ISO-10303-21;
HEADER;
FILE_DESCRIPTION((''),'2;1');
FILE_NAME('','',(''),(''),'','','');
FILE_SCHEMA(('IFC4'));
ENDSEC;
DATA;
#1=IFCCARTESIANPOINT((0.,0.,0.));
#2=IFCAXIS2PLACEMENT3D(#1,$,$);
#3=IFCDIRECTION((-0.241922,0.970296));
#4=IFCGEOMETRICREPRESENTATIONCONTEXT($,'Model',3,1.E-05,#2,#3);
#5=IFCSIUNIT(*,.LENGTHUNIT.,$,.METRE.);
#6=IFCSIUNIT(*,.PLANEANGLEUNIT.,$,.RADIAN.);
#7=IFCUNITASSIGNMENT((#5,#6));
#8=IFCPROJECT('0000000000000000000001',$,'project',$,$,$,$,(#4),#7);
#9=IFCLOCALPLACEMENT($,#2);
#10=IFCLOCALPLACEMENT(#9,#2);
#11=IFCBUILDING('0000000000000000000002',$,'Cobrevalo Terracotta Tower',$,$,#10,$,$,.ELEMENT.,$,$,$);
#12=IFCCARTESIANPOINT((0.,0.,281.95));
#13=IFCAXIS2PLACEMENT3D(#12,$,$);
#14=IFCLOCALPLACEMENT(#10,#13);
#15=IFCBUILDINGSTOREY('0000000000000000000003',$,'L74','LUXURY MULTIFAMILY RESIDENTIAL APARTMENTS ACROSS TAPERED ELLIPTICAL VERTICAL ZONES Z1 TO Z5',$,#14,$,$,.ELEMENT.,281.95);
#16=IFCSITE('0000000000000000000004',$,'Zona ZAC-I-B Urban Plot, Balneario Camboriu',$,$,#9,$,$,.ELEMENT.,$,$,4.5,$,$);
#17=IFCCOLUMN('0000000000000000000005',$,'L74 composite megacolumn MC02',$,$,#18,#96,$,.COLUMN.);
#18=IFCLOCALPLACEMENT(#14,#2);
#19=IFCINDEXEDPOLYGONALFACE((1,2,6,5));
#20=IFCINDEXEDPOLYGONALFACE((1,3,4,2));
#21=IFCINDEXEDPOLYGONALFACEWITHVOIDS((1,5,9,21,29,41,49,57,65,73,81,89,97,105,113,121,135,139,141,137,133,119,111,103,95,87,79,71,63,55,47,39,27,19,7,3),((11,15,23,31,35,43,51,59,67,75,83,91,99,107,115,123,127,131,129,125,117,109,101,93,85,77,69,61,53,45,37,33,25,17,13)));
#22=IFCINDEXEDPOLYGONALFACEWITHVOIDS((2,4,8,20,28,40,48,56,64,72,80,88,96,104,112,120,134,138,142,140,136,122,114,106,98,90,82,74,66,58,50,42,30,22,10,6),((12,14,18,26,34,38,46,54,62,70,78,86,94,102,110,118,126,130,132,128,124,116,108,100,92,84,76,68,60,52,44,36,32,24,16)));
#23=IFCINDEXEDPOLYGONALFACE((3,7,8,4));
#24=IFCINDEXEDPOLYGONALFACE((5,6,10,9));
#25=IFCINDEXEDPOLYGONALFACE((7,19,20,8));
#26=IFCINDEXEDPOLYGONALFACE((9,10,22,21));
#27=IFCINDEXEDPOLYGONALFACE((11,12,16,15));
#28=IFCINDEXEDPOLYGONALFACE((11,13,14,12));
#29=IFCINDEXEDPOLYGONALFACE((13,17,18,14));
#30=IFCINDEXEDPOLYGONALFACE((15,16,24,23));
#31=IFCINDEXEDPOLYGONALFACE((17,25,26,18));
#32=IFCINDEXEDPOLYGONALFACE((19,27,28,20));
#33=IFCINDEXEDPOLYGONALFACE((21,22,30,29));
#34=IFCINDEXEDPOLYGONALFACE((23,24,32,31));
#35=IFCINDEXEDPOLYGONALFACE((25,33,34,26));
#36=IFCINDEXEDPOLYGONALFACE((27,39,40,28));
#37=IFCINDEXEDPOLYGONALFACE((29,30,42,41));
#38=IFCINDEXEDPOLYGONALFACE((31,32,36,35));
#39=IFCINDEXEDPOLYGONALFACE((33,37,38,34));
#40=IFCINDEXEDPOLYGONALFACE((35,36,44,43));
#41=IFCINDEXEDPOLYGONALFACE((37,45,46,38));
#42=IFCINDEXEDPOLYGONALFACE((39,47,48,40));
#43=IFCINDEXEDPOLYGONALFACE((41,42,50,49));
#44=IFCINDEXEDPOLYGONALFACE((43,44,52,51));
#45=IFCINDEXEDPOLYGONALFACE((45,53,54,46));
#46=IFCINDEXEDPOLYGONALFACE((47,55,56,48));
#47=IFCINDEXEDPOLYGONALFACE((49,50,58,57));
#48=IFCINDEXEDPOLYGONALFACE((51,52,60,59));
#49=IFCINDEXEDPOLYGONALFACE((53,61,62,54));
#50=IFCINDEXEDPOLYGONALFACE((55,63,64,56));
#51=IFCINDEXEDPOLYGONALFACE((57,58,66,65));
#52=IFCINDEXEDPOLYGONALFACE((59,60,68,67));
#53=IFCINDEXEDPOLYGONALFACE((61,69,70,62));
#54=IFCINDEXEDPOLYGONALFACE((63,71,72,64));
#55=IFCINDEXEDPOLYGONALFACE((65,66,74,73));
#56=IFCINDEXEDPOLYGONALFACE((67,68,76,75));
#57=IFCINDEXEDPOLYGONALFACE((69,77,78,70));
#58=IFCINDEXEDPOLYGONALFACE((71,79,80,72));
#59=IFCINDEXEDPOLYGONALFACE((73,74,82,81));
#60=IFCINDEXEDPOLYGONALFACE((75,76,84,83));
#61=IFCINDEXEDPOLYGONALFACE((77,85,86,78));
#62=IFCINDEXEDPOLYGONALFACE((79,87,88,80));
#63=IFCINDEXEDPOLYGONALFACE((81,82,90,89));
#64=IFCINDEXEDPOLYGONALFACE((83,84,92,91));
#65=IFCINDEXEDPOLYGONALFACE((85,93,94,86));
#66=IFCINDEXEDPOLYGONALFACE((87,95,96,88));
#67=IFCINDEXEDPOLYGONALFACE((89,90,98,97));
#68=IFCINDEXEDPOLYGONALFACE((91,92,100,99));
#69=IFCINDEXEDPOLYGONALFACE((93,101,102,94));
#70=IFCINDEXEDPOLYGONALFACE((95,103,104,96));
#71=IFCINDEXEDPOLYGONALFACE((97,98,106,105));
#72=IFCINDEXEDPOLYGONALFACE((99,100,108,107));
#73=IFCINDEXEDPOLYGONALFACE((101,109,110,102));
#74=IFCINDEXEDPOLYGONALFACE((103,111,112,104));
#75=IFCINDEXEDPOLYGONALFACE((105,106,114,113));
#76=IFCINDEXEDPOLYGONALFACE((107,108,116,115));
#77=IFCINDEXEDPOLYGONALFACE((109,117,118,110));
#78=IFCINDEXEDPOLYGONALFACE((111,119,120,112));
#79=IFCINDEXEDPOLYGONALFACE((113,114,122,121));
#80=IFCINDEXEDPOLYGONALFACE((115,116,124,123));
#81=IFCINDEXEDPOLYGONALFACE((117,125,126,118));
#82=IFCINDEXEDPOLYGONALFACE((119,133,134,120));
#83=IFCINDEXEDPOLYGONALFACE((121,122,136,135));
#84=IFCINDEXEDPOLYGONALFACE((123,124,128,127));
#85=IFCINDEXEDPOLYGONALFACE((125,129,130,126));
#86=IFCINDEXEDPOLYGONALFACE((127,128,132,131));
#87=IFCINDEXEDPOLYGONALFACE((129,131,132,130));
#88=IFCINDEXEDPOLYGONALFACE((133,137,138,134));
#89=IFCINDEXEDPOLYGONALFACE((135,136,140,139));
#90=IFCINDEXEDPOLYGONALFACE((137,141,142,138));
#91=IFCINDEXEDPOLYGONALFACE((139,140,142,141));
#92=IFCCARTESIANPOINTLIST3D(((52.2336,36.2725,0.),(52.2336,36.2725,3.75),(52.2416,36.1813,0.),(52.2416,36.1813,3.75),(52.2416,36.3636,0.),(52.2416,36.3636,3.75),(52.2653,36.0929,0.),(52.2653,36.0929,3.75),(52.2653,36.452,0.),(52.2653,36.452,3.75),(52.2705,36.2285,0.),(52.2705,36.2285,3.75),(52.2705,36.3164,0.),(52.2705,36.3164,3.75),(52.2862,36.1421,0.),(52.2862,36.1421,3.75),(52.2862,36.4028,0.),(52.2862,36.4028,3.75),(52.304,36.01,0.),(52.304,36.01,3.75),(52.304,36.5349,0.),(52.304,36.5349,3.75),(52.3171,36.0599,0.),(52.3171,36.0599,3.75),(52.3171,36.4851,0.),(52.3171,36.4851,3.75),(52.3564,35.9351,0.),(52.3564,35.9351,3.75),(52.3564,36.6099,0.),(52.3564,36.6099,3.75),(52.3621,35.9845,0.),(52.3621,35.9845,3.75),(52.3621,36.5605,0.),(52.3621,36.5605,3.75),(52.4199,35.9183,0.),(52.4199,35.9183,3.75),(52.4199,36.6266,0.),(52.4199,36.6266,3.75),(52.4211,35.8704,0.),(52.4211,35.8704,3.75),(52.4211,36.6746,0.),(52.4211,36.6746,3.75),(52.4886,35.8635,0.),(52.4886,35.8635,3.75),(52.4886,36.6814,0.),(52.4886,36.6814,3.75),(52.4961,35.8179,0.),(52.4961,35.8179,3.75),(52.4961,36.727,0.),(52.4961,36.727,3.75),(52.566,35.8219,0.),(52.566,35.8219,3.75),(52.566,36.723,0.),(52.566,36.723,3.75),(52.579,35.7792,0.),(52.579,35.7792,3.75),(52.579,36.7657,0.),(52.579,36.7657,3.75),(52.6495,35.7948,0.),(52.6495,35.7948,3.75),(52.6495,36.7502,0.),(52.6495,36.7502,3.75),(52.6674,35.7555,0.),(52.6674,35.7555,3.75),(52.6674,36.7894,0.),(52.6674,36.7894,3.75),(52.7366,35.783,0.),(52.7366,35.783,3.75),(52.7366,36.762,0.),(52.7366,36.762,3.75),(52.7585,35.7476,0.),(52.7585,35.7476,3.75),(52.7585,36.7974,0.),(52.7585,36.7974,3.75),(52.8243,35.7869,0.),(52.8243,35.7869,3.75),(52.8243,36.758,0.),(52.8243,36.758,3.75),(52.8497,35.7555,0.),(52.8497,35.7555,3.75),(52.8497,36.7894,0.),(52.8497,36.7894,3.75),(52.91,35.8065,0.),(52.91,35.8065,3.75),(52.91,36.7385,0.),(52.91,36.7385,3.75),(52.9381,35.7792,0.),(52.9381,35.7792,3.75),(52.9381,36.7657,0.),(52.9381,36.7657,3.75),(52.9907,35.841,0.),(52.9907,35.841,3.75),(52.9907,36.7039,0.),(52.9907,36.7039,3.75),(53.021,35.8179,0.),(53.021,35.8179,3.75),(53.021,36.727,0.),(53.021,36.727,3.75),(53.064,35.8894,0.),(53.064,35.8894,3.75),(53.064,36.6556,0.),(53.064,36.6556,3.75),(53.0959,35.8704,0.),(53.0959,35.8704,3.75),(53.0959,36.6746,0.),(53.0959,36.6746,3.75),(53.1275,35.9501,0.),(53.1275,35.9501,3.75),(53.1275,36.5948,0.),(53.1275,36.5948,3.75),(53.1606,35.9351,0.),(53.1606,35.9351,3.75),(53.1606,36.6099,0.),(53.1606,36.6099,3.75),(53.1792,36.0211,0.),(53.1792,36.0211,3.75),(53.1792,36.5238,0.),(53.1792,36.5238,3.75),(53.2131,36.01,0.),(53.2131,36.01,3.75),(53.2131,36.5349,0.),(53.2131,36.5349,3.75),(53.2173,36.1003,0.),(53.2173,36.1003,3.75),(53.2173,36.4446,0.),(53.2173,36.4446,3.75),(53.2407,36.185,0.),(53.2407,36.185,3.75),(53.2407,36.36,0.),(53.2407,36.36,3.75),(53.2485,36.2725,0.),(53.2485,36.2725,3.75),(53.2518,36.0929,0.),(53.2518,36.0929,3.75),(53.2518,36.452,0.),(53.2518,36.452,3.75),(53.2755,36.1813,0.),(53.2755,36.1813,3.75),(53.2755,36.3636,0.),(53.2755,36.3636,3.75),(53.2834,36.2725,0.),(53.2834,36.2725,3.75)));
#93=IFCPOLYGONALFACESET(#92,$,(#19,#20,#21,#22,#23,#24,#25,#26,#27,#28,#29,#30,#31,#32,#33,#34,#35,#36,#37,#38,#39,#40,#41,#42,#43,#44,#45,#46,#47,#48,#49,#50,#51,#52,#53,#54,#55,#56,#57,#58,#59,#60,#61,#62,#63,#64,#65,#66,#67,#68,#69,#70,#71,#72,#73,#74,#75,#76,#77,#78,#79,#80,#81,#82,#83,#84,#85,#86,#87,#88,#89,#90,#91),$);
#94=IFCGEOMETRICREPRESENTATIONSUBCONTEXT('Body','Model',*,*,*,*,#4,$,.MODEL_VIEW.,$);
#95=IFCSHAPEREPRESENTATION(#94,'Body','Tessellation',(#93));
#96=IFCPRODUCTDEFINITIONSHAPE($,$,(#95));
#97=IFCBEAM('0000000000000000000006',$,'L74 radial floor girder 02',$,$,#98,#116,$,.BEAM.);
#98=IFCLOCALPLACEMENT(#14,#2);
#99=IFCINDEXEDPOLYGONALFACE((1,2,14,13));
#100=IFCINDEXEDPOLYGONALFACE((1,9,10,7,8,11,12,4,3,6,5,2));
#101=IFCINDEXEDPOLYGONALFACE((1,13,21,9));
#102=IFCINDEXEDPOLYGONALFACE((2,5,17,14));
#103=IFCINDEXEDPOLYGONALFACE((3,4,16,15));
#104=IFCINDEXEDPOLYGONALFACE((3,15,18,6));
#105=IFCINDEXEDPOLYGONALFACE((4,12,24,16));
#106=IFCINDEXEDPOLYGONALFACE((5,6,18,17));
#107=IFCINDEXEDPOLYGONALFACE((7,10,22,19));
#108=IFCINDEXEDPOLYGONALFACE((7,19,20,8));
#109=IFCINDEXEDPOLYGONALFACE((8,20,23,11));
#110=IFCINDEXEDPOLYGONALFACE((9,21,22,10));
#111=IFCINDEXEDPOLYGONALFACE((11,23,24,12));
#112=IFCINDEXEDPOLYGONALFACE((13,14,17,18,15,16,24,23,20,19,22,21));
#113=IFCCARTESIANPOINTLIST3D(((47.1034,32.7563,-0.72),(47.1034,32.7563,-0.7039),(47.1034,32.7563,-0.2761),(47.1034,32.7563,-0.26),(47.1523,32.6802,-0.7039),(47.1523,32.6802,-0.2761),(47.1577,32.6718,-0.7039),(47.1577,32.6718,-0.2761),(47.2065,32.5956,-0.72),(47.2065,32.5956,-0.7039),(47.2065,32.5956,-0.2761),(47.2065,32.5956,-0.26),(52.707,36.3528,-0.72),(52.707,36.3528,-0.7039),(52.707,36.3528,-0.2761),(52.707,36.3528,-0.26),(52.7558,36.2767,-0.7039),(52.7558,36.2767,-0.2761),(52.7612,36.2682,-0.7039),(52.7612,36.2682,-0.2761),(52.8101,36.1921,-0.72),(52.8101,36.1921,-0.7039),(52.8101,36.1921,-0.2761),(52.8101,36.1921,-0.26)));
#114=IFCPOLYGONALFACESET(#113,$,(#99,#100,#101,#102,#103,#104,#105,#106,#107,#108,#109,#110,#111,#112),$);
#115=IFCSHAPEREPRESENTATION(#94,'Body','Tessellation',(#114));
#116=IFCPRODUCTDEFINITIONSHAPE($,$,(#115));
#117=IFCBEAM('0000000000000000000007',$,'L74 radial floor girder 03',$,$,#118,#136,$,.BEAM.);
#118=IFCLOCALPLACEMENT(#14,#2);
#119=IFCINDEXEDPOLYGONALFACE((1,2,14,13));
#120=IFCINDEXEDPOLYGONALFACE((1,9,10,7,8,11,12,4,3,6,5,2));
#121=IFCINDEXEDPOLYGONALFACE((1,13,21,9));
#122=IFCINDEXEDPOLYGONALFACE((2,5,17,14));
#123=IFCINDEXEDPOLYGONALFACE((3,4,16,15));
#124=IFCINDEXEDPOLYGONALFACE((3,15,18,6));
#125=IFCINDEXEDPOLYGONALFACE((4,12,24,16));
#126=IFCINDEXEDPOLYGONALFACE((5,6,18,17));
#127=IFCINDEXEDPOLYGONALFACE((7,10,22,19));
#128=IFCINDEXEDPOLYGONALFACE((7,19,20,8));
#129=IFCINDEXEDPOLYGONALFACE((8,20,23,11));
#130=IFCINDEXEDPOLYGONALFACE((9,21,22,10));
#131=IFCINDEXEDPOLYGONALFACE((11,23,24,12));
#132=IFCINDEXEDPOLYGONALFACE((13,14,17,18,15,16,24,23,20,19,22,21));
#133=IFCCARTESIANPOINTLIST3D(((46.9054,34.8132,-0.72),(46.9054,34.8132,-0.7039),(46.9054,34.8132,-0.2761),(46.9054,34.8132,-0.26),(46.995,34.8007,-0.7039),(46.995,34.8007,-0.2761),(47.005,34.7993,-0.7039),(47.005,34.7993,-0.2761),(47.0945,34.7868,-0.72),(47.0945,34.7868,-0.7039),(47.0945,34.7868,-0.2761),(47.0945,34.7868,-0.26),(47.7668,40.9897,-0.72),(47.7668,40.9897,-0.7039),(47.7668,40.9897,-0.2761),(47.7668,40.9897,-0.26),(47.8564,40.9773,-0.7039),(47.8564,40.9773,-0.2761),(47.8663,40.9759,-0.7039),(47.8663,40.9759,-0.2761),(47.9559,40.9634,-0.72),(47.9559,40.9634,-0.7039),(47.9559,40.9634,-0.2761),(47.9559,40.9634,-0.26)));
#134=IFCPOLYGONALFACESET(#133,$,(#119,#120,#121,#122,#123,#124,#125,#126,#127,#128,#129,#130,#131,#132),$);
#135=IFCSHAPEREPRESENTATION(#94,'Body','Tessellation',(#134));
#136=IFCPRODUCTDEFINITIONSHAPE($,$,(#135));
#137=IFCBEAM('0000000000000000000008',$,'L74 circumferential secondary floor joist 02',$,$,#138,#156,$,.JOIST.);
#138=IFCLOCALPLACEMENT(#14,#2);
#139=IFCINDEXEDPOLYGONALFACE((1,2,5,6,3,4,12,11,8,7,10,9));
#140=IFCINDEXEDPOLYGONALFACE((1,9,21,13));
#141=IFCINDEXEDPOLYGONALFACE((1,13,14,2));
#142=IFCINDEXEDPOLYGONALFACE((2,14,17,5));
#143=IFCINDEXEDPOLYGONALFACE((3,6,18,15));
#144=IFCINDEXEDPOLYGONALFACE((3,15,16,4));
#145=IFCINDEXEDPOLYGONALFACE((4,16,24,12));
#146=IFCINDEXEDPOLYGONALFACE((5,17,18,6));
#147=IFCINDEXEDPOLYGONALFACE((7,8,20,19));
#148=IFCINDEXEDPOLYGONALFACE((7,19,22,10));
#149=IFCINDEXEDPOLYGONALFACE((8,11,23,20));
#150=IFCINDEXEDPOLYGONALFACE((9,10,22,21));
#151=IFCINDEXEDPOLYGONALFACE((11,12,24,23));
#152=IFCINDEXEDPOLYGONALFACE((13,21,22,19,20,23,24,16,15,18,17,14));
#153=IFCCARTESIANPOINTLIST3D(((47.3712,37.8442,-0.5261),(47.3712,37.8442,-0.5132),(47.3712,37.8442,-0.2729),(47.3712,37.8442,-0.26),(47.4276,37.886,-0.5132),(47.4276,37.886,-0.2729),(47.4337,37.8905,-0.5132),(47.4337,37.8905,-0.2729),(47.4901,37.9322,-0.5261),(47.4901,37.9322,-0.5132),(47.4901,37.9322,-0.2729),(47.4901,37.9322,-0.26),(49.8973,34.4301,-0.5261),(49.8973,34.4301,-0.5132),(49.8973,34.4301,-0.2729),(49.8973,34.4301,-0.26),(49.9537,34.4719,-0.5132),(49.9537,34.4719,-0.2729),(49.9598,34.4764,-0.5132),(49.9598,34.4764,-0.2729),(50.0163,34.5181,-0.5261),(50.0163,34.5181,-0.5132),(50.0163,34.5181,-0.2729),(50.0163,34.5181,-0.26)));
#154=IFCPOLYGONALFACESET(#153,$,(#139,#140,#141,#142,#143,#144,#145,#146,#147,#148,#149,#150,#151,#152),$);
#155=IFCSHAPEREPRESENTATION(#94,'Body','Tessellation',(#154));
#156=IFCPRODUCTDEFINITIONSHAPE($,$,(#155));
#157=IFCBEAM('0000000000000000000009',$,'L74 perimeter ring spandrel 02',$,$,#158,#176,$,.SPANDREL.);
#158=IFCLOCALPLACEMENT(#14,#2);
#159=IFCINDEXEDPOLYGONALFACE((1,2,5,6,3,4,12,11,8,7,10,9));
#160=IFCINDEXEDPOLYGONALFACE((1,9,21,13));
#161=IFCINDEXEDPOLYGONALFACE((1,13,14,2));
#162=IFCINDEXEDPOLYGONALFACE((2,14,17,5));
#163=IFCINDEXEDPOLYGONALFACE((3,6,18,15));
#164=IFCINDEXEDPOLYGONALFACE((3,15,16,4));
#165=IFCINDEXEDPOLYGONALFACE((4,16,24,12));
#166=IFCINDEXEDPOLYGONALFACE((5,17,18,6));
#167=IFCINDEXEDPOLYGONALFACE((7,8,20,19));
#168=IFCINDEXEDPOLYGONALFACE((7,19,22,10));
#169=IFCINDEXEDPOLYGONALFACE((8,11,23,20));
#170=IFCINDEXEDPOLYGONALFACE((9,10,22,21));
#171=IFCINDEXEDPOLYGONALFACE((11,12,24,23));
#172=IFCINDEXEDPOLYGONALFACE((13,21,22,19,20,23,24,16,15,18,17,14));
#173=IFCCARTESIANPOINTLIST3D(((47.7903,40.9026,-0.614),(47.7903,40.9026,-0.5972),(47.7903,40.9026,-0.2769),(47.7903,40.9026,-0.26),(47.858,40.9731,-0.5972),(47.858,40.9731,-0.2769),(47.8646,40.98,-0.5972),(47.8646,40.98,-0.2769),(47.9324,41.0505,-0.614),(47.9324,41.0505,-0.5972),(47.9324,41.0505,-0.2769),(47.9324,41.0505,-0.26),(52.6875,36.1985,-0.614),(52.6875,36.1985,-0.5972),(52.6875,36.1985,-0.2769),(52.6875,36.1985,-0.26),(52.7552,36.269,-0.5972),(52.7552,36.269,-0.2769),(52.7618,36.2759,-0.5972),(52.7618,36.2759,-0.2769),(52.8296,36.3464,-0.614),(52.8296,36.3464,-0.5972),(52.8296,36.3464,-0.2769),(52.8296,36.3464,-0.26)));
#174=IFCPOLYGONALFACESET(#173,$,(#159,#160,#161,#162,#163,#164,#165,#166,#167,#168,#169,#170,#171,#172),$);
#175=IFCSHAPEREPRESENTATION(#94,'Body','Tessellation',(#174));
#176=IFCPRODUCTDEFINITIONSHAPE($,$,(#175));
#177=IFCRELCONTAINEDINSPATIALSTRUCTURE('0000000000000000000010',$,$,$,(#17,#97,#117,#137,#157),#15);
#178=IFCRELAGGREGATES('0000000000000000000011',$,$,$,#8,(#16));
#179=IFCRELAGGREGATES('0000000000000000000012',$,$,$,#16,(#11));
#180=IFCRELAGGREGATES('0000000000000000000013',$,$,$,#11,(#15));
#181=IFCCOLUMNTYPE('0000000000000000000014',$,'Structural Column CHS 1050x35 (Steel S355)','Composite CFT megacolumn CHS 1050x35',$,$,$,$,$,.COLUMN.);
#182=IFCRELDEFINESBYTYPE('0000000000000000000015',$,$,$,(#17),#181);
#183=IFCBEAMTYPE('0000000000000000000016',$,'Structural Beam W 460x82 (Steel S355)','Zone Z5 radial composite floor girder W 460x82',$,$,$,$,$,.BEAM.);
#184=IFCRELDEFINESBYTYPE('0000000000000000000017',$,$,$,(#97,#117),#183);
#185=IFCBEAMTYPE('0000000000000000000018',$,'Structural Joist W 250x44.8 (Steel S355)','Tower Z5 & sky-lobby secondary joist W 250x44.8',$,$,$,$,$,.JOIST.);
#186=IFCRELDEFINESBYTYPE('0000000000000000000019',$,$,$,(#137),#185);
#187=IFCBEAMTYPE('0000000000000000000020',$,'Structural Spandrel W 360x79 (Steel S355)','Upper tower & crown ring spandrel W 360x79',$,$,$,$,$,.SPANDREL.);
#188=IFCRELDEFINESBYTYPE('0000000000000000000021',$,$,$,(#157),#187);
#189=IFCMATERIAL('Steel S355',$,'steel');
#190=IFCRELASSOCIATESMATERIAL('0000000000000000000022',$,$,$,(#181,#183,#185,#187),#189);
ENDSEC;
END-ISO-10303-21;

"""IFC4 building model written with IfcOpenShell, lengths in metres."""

from ifc_helpers import new_model, si_unit, direction, frame, origin, origin_2d, place, context, subcontext, project, spatial, hollow_circle, i_section, extrude, material, material_profile, profile_set, type_object, element, save


model = new_model("IFC4")

# Units and contexts
model_context = context("Model", 3, precision=1e-05, world=origin(), true_north=direction((-0.241922, 0.970296)))
body_context = subcontext(model_context, "Body", "Model", "MODEL_VIEW")
ifc_project = project(units=[si_unit("LENGTHUNIT", "METRE"), si_unit("PLANEANGLEUNIT", "RADIAN")], contexts=[model_context])

# Site, building, storey
site_placement = place(None, origin())
site = spatial("IfcSite", under=ifc_project, at=site_placement, Name="Zona ZAC-I-B Urban Plot, Balneario Camboriu", CompositionType="ELEMENT", RefElevation=4.5)
building_placement = place(site_placement, origin())
building = spatial("IfcBuilding", under=site, at=building_placement, Name="Cobrevalo Terracotta Tower", CompositionType="ELEMENT")
storey_placement = place(building_placement, frame((0.0, 0.0, 281.95)))
storey = spatial("IfcBuildingStorey", under=building, at=storey_placement, Name="L74", Description="LUXURY MULTIFAMILY RESIDENTIAL APARTMENTS ACROSS TAPERED ELLIPTICAL VERTICAL ZONES Z1 TO Z5", CompositionType="ELEMENT", Elevation=281.95)

# Column
ifc_material_1 = material(Name="Steel S355", Category="steel")
ifc_material_profile_1 = material_profile(ifc_material_1, hollow_circle(Radius=0.5249, WallThickness=0.0349, at=origin_2d()), Name="CHS 1050x35")
ifc_profile_set_1 = profile_set([ifc_material_profile_1], Name="Steel S355")
column_type = type_object("IfcColumnType", Name="Structural Column CHS 1050x35 (Steel S355)", Description="Composite CFT megacolumn CHS 1050x35", PredefinedType="COLUMN", material=ifc_profile_set_1)
column_placement = place(storey_placement, frame((52.7585, 36.2725, 0.0), z_axis=(0.0, 0.0, 1.0), x_axis=(1.0, 0.0, 0.0)))
element("IfcColumn", 1, at=column_placement, inside=storey, type_object=column_type, Name="L74 composite megacolumn MC02", PredefinedType="COLUMN", context=body_context, shape_type="SweptSolid", body=[
    extrude(hollow_circle(Radius=0.5249, WallThickness=0.0349, at=origin_2d()), origin(), (0.0, 0.0, 1.0), 3.75),
])

# Beams
ifc_material_profile_2 = material_profile(ifc_material_1, i_section(OverallWidth=0.1909, OverallDepth=0.46, WebThickness=0.01, FlangeThickness=0.0161, at=origin_2d()), Name="W 460x82")
ifc_profile_set_2 = profile_set([ifc_material_profile_2], Name="Steel S355")
beam_type_1 = type_object("IfcBeamType", Name="Structural Beam W 460x82 (Steel S355)", Description="Zone Z5 radial composite floor girder W 460x82", PredefinedType="BEAM", material=ifc_profile_set_2)
beam_1_placement = place(storey_placement, frame((52.7585, 36.2725, -0.49), z_axis=(-0.841576, -0.540138, 0.0), x_axis=(0.540138, -0.841576, 0.0)))
element("IfcBeam", 2, at=beam_1_placement, inside=storey, type_object=beam_type_1, Name="L74 radial floor girder 02", PredefinedType="BEAM", context=body_context, shape_type="SweptSolid", body=[
    extrude(i_section(OverallWidth=0.1909, OverallDepth=0.46, WebThickness=0.01, FlangeThickness=0.0161, at=origin_2d()), origin(), (0.0, 0.0, 1.0), 6.6584),
])
beam_2_placement = place(storey_placement, frame((47.8613, 40.9766, -0.49), z_axis=(-0.138116, -0.990416, 0.0), x_axis=(0.990416, -0.138116, 0.0)))
element("IfcBeam", 3, at=beam_2_placement, inside=storey, type_object=beam_type_1, Name="L74 radial floor girder 03", PredefinedType="BEAM", context=body_context, shape_type="SweptSolid", body=[
    extrude(i_section(OverallWidth=0.1909, OverallDepth=0.46, WebThickness=0.01, FlangeThickness=0.0161, at=origin_2d()), origin(), (0.0, 0.0, 1.0), 6.2363),
])
ifc_material_profile_3 = material_profile(ifc_material_1, i_section(OverallWidth=0.1479, OverallDepth=0.2661, WebThickness=0.0076, FlangeThickness=0.0129, at=origin_2d()), Name="W 250x44.8")
ifc_profile_set_3 = profile_set([ifc_material_profile_3], Name="Steel S355")
beam_type_2 = type_object("IfcBeamType", Name="Structural Joist W 250x44.8 (Steel S355)", Description="Tower Z5 & sky-lobby secondary joist W 250x44.8", PredefinedType="JOIST", material=ifc_profile_set_3)
beam_3_placement = place(storey_placement, frame((49.9568, 34.4741, -0.3931), z_axis=(-0.5948, 0.803874, 0.0), x_axis=(-0.803874, -0.5948, 0.0)))
element("IfcBeam", 4, at=beam_3_placement, inside=storey, type_object=beam_type_2, Name="L74 circumferential secondary floor joist 02", PredefinedType="JOIST", context=body_context, shape_type="SweptSolid", body=[
    extrude(i_section(OverallWidth=0.1479, OverallDepth=0.2661, WebThickness=0.0076, FlangeThickness=0.0129, at=origin_2d()), origin(), (0.0, 0.0, 1.0), 4.2471),
])
ifc_material_profile_4 = material_profile(ifc_material_1, i_section(OverallWidth=0.2051, OverallDepth=0.354, WebThickness=0.0095, FlangeThickness=0.0168, at=origin_2d()), Name="W 360x79")
ifc_profile_set_4 = profile_set([ifc_material_profile_4], Name="Steel S355")
beam_type_3 = type_object("IfcBeamType", Name="Structural Spandrel W 360x79 (Steel S355)", Description="Upper tower & crown ring spandrel W 360x79", PredefinedType="SPANDREL", material=ifc_profile_set_4)
beam_4_placement = place(storey_placement, frame((52.7585, 36.2725, -0.437), z_axis=(-0.721183, 0.692744, 0.0), x_axis=(-0.692744, -0.721183, 0.0)))
element("IfcBeam", 5, at=beam_4_placement, inside=storey, type_object=beam_type_3, Name="L74 perimeter ring spandrel 02", PredefinedType="SPANDREL", context=body_context, shape_type="SweptSolid", body=[
    extrude(i_section(OverallWidth=0.2051, OverallDepth=0.354, WebThickness=0.0095, FlangeThickness=0.0168, at=origin_2d()), origin(), (0.0, 0.0, 1.0), 6.7905),
])

save(model, "model.ifc")
